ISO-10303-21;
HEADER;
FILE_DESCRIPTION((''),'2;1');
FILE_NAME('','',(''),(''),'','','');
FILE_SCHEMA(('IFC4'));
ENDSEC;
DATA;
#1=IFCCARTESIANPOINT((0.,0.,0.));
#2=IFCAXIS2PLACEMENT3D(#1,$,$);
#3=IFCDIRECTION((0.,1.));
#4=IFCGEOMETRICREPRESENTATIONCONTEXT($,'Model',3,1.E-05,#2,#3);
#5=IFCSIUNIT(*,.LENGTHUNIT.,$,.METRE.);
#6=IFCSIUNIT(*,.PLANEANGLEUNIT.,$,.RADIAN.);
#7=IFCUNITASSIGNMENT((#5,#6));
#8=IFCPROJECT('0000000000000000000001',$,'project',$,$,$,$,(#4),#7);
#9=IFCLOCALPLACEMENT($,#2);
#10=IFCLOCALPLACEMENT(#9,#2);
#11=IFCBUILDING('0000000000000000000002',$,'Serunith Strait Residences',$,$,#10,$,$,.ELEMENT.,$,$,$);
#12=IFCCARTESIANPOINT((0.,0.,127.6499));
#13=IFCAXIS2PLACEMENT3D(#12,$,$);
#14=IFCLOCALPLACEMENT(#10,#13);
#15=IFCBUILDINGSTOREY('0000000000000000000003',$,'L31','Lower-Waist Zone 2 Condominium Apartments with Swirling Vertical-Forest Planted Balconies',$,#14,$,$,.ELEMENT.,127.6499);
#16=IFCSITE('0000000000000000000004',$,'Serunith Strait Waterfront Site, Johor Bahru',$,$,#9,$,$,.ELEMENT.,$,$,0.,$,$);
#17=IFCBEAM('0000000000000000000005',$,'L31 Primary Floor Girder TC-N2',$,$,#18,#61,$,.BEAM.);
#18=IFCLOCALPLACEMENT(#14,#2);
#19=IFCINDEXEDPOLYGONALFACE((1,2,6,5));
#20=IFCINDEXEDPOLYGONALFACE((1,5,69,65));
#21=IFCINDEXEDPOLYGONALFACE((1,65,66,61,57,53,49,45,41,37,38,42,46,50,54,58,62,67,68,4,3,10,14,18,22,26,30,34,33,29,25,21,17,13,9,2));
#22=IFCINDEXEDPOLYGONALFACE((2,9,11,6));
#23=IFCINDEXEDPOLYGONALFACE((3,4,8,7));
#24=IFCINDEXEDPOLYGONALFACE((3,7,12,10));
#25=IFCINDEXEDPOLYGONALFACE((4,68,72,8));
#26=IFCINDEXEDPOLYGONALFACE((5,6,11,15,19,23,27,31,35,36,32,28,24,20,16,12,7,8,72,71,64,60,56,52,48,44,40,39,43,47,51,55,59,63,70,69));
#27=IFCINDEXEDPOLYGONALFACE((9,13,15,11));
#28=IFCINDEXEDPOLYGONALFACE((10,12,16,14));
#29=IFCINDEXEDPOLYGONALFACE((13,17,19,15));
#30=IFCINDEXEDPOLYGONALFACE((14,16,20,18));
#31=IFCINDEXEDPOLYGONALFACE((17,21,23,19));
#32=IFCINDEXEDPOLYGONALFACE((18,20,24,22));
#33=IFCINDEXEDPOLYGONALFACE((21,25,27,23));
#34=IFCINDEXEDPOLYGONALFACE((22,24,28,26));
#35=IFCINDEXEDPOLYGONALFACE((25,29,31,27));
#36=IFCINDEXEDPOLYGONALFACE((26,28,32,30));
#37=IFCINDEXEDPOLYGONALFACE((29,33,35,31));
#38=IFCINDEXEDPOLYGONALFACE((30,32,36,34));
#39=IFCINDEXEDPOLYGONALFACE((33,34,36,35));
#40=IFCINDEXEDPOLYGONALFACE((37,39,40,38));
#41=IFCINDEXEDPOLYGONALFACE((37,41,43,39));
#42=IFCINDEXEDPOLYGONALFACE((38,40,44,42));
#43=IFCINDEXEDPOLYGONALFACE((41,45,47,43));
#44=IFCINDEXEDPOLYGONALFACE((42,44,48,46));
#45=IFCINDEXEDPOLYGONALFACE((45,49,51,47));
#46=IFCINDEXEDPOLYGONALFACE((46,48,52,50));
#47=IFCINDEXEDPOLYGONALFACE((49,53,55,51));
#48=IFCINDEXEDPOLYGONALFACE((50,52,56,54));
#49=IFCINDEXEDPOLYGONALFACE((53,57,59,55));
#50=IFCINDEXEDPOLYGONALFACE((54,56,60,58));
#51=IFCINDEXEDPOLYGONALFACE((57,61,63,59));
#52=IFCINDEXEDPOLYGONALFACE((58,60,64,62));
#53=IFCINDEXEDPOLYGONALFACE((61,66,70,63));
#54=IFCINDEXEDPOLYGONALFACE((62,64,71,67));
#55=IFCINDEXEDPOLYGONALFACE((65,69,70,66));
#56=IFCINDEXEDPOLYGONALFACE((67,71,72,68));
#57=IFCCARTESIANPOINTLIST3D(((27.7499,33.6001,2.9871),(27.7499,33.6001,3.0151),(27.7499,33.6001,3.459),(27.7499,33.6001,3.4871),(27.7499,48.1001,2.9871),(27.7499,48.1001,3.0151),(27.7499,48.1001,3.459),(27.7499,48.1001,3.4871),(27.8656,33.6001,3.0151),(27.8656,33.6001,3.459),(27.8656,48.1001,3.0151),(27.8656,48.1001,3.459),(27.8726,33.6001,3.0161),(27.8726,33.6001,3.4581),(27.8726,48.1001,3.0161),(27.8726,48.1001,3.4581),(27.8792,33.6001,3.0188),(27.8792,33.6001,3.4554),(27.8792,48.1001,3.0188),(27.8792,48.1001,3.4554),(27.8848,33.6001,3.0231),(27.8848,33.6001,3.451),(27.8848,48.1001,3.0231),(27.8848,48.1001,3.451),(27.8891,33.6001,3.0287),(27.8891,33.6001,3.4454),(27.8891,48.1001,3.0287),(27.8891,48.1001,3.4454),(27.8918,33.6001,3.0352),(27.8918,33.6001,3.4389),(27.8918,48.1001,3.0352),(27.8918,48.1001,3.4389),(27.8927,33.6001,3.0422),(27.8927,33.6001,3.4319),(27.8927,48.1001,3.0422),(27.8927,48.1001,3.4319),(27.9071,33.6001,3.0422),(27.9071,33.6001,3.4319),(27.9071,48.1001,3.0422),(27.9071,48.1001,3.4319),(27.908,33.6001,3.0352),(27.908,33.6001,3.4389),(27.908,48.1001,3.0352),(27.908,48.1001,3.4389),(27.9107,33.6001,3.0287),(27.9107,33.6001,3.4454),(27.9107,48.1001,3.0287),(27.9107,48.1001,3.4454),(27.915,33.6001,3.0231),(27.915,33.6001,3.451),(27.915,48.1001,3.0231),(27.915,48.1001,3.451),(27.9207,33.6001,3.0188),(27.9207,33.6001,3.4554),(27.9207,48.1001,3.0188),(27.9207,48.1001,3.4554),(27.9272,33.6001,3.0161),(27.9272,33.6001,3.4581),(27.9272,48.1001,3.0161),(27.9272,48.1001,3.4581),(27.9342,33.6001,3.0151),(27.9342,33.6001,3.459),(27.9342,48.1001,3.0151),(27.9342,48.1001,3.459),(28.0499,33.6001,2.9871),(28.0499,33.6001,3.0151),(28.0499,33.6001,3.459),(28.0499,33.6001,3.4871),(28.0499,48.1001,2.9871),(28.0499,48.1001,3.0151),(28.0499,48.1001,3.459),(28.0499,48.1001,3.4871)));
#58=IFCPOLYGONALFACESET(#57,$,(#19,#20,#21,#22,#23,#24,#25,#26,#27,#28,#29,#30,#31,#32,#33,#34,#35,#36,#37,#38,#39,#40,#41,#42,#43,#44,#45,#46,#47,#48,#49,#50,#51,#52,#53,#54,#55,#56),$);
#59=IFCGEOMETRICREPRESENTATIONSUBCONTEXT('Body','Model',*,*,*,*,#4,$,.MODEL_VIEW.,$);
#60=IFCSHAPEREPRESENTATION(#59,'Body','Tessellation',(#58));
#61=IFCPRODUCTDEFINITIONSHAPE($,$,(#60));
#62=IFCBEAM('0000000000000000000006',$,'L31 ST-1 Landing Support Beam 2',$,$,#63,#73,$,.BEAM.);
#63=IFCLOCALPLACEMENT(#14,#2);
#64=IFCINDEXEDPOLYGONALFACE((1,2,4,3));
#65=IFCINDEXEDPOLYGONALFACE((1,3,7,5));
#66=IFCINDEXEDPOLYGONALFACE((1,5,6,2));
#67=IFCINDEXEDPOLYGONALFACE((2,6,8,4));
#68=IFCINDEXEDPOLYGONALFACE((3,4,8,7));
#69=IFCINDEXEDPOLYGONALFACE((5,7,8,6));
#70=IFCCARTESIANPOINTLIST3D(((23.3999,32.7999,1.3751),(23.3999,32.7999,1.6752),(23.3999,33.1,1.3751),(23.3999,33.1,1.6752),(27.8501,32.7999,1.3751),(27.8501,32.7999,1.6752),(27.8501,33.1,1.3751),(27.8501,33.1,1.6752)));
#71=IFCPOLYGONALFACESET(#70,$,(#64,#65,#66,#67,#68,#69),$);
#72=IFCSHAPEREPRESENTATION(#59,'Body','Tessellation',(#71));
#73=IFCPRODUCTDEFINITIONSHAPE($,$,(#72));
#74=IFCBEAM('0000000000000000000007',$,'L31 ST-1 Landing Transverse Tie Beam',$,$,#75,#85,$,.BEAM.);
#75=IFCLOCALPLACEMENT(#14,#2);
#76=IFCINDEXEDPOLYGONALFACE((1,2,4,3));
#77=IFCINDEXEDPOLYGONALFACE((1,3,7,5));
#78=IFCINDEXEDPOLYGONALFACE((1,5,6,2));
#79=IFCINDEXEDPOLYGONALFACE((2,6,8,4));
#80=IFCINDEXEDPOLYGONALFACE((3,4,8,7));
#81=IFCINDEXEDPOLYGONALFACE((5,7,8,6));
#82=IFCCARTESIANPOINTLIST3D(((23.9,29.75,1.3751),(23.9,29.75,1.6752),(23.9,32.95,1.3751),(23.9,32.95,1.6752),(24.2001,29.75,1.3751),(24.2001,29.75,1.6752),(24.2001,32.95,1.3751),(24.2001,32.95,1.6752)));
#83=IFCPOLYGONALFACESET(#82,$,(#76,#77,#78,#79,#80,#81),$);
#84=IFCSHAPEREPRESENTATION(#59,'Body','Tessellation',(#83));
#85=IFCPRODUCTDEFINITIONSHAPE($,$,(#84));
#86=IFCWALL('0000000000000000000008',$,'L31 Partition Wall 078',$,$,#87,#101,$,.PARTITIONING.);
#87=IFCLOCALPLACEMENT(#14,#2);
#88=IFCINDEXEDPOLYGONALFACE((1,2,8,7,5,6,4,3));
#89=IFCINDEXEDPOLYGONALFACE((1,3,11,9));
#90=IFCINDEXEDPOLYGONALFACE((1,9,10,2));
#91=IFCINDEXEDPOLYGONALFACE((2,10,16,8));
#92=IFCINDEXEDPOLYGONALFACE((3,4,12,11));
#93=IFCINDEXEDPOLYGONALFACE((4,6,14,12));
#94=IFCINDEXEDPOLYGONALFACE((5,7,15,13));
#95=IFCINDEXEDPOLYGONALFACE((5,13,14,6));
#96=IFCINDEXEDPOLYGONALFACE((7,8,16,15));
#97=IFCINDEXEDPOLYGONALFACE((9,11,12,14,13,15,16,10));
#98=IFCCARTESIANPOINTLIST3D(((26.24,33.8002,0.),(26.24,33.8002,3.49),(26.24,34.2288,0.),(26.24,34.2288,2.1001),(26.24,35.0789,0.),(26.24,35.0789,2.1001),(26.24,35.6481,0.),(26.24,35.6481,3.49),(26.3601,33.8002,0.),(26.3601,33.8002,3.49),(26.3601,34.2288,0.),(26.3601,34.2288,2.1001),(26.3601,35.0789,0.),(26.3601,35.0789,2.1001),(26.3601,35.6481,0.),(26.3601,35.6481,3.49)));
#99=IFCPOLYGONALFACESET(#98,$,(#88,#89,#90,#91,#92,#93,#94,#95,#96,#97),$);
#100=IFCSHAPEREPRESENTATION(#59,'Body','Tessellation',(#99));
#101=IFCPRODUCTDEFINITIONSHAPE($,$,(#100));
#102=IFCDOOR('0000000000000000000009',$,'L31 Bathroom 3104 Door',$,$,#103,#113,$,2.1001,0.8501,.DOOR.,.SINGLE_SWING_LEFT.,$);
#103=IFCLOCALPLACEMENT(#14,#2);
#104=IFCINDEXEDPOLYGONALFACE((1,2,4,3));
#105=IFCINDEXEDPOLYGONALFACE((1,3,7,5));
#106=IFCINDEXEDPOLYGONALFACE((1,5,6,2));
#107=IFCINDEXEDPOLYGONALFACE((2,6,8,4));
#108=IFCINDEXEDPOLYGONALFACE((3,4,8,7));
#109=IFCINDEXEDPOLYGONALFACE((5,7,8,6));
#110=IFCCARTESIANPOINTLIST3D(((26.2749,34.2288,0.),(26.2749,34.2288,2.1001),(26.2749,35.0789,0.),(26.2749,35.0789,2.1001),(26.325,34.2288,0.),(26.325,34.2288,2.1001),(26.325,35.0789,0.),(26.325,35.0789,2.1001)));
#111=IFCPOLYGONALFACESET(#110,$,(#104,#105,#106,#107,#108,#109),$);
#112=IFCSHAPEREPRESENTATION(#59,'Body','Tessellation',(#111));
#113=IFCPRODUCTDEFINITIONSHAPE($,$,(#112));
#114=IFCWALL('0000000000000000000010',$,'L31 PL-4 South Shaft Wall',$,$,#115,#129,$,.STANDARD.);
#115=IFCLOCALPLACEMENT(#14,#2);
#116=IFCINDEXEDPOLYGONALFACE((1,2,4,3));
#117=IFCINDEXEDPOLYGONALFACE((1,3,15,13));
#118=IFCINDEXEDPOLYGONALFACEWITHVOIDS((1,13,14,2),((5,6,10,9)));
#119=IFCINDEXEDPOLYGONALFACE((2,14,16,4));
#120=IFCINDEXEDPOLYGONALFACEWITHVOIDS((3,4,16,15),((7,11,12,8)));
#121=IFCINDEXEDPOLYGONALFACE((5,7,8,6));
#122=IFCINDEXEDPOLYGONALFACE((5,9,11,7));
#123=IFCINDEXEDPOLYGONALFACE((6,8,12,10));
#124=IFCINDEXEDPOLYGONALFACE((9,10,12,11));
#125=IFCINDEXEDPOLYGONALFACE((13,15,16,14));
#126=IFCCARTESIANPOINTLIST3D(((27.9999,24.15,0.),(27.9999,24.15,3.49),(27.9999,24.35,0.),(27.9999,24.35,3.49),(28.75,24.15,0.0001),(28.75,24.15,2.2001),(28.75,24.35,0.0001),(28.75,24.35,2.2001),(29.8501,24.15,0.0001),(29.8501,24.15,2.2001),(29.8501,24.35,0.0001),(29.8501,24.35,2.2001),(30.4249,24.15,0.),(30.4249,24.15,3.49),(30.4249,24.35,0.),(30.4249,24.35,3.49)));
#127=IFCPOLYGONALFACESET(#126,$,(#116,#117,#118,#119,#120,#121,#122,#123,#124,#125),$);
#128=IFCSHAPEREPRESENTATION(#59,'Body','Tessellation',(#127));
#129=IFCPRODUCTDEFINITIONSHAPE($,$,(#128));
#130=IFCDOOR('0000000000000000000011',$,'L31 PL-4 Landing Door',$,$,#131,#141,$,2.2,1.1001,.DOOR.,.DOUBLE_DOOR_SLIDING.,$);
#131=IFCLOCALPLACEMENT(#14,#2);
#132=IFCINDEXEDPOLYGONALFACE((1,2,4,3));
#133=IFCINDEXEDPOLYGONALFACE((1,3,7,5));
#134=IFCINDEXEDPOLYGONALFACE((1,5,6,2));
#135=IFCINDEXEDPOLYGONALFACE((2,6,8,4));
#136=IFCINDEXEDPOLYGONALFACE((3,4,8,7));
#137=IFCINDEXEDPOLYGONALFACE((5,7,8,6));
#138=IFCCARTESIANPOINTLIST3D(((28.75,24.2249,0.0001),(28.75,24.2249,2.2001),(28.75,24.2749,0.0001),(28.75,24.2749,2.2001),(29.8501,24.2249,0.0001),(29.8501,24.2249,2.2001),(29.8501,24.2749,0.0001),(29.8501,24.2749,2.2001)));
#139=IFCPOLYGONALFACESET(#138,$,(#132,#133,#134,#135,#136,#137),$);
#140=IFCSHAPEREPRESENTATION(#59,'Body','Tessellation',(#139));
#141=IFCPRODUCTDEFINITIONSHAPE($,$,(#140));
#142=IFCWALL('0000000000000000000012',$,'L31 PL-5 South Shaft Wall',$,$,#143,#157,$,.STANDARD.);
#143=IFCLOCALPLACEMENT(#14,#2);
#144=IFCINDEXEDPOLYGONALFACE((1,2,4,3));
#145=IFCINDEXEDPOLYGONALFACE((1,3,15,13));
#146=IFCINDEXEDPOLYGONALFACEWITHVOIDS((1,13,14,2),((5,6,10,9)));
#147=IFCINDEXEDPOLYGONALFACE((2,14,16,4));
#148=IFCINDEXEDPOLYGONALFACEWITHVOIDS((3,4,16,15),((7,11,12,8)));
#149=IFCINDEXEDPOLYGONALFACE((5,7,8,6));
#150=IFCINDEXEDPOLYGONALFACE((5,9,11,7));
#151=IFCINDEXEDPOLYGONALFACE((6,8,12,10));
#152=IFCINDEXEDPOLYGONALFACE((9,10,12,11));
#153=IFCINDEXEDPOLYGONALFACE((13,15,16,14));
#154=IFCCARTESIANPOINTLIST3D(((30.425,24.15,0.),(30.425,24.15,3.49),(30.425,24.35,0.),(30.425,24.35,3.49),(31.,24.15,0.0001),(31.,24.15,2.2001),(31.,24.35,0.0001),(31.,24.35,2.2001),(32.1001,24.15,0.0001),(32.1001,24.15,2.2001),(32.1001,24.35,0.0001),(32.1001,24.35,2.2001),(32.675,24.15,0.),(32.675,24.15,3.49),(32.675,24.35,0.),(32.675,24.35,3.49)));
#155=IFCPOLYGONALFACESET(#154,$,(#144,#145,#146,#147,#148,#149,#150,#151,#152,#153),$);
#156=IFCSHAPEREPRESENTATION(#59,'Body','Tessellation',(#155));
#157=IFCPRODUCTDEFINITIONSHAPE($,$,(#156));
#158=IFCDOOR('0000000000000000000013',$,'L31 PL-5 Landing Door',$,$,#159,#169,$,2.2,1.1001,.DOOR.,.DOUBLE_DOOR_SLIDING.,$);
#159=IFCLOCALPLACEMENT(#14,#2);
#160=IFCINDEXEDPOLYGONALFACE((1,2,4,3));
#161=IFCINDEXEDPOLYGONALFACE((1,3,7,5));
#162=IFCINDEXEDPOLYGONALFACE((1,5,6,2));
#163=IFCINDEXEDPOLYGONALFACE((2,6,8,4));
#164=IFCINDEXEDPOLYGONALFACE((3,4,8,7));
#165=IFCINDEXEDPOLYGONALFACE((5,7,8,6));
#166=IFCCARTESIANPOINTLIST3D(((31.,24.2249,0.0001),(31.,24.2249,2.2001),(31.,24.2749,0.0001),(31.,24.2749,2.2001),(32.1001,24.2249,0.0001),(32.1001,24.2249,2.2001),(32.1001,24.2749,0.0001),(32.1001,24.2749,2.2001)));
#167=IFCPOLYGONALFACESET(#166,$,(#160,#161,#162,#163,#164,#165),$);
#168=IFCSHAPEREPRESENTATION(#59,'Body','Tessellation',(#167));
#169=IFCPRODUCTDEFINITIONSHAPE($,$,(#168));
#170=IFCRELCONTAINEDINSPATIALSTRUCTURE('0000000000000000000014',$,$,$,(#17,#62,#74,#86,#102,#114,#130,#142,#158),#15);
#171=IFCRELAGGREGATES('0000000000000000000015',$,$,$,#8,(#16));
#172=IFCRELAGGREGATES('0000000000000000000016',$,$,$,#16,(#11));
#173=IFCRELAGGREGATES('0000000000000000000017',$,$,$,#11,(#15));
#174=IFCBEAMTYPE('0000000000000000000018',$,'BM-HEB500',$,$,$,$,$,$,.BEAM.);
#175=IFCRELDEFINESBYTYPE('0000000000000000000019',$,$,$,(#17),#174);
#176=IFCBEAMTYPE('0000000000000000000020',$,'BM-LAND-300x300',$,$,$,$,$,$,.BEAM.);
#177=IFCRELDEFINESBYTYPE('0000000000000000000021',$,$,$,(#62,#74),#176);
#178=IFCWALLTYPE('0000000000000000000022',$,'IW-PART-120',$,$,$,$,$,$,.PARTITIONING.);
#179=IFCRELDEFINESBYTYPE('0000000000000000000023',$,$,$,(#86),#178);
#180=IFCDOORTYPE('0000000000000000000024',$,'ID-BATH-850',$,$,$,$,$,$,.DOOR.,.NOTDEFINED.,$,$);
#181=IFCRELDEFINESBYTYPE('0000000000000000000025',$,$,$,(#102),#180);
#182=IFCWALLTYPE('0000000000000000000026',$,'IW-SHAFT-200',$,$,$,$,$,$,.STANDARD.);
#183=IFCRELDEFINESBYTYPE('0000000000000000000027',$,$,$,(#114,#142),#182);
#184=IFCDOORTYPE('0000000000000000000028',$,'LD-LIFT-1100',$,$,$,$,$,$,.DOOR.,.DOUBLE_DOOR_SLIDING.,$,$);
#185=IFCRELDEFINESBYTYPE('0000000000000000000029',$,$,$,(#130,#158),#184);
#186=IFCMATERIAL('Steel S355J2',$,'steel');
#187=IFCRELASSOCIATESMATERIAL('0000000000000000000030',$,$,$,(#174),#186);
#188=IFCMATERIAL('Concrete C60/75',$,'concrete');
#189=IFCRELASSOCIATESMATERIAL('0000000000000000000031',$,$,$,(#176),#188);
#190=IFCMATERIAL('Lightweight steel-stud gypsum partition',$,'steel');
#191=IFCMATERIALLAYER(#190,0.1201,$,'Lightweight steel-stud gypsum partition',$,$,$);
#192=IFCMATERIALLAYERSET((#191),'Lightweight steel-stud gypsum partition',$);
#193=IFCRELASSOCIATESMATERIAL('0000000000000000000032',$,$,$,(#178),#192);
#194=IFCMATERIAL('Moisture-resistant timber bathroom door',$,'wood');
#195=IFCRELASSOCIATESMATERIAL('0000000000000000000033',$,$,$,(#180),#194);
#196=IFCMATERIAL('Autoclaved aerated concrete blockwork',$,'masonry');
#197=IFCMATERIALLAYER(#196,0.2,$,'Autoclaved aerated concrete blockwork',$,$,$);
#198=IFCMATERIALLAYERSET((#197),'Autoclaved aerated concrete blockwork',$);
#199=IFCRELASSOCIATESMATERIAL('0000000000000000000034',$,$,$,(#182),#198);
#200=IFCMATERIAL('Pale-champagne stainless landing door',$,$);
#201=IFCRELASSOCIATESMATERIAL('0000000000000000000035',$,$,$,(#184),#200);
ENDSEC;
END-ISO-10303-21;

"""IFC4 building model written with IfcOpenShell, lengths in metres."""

from ifc_helpers import new_model, si_unit, direction, frame, frame_2d, origin, origin_2d, place, context, subcontext, project, spatial, rectangle, i_section, extrude, source, transform, mapped, material, layer, layer_set, material_profile, profile_set, type_object, element, fill, save


model = new_model("IFC4")

# Units and contexts
model_context = context("Model", 3, precision=1e-05, world=origin(), true_north=direction((0.0, 1.0)))
body_context = subcontext(model_context, "Body", "Model", "MODEL_VIEW")
ifc_project = project(units=[si_unit("LENGTHUNIT", "METRE"), si_unit("PLANEANGLEUNIT", "RADIAN")], contexts=[model_context])

# Site, building, storey
site_placement = place(None, origin())
site = spatial("IfcSite", under=ifc_project, at=site_placement, Name="Serunith Strait Waterfront Site, Johor Bahru", CompositionType="ELEMENT", RefElevation=0.0)
building_placement = place(site_placement, origin())
building = spatial("IfcBuilding", under=site, at=building_placement, Name="Serunith Strait Residences", CompositionType="ELEMENT")
storey_placement = place(building_placement, frame((0.0, 0.0, 127.6499)))
storey = spatial("IfcBuildingStorey", under=building, at=storey_placement, Name="L31", Description="Lower-Waist Zone 2 Condominium Apartments with Swirling Vertical-Forest Planted Balconies", CompositionType="ELEMENT", Elevation=127.6499)

# Beams
ifc_material_1 = material(Name="Steel S355J2", Category="steel")
ifc_material_profile_1 = material_profile(ifc_material_1, i_section(OverallWidth=0.3, OverallDepth=0.5, WebThickness=0.0144, FlangeThickness=0.0281, FilletRadius=0.0271, at=origin_2d()), Name="HEB 500")
ifc_profile_set_1 = profile_set([ifc_material_profile_1], Name="Steel S355J2")
beam_type_1 = type_object("IfcBeamType", Name="BM-HEB500", PredefinedType="BEAM", material=ifc_profile_set_1)
shared_shape_1 = source(origin(), body_context, "Body", "SweptSolid", [
    extrude(i_section(OverallWidth=0.3, OverallDepth=0.5, WebThickness=0.0144, FlangeThickness=0.0281, FilletRadius=0.0271, at=origin_2d()), origin(), (0.0, 0.0, 1.0), 14.5),
])
beam_1_placement = place(storey_placement, frame((27.8999, 33.6001, 3.2371), z_axis=(0.0, 1.0, 0.0), x_axis=(-1.0, 0.0, 0.0)))
element("IfcBeam", 1, at=beam_1_placement, inside=storey, type_object=beam_type_1, Name="L31 Primary Floor Girder TC-N2", PredefinedType="BEAM", context=body_context, shape_type="MappedRepresentation", body=[
    mapped(shared_shape_1, transform((0.0, 0.0, 0.0), scale=1.0)),
])
ifc_material_2 = material(Name="Concrete C60/75", Category="concrete")
ifc_material_profile_2 = material_profile(ifc_material_2, rectangle(XDim=0.3, YDim=0.3, at=origin_2d()), Name="RC 300x300")
ifc_profile_set_2 = profile_set([ifc_material_profile_2], Name="Concrete C60/75")
beam_type_2 = type_object("IfcBeamType", Name="BM-LAND-300x300", PredefinedType="BEAM", material=ifc_profile_set_2)
shared_shape_2 = source(origin(), body_context, "Body", "SweptSolid", [
    extrude(rectangle(XDim=0.3, YDim=0.3, at=origin_2d()), origin(), (0.0, 0.0, 1.0), 4.4502),
])
beam_2_placement = place(storey_placement, frame((23.3999, 32.95, 1.5251), z_axis=(1.0, 0.0, 0.0), x_axis=(0.0, 1.0, 0.0)))
element("IfcBeam", 2, at=beam_2_placement, inside=storey, type_object=beam_type_2, Name="L31 ST-1 Landing Support Beam 2", PredefinedType="BEAM", context=body_context, shape_type="MappedRepresentation", body=[
    mapped(shared_shape_2, transform((0.0, 0.0, 0.0), scale=1.0)),
])
shared_shape_3 = source(origin(), body_context, "Body", "SweptSolid", [
    extrude(rectangle(XDim=0.3, YDim=0.3, at=origin_2d()), origin(), (0.0, 0.0, 1.0), 3.2),
])
beam_3_placement = place(storey_placement, frame((24.05, 29.75, 1.5251), z_axis=(0.0, 1.0, 0.0), x_axis=(-1.0, 0.0, 0.0)))
element("IfcBeam", 3, at=beam_3_placement, inside=storey, type_object=beam_type_2, Name="L31 ST-1 Landing Transverse Tie Beam", PredefinedType="BEAM", context=body_context, shape_type="MappedRepresentation", body=[
    mapped(shared_shape_3, transform((0.0, 0.0, 0.0), scale=1.0)),
])

# Walls, openings, doors
ifc_material_3 = material(Name="Lightweight steel-stud gypsum partition", Category="steel")
ifc_layer_1 = layer(ifc_material_3, 0.1201, Name="Lightweight steel-stud gypsum partition")
ifc_layer_set_1 = layer_set([ifc_layer_1], Name="Lightweight steel-stud gypsum partition")
wall_type_1 = type_object("IfcWallType", Name="IW-PART-120", PredefinedType="PARTITIONING", material=ifc_layer_set_1)
wall_1_placement = place(storey_placement, frame((26.3, 35.6479, 0.0), z_axis=(0.0, 0.0, 1.0), x_axis=(0.0, -1.0, 0.0)))
wall_1 = element("IfcWall", 4, at=wall_1_placement, inside=storey, type_object=wall_type_1, Name="L31 Partition Wall 078", PredefinedType="PARTITIONING", context=body_context, shape_type="SweptSolid", body=[
    extrude(rectangle(XDim=1.8479, YDim=0.1201, at=frame_2d((0.9238, 0.0))), origin(), (0.0, 0.0, 1.0), 3.49),
])
opening_1_placement = place(wall_1_placement, frame((0.5691, 0.0, 0.0)))
opening_1 = element("IfcOpeningElement", 5, at=opening_1_placement, cuts=wall_1, PredefinedType="OPENING", context=body_context, shape_type="SweptSolid", body=[
    extrude(rectangle(XDim=0.8501, YDim=2.1001, at=frame_2d((0.425, 1.05))), frame((0.0, 0.0701, 0.0), z_axis=(0.0, -1.0, 0.0), x_axis=(1.0, 0.0, 0.0)), (0.0, 0.0, 1.0), 0.1401),
])
ifc_material_4 = material(Name="Moisture-resistant timber bathroom door", Category="wood")
door_type_1 = type_object("IfcDoorType", Name="ID-BATH-850", OperationType="NOTDEFINED", PredefinedType="DOOR", material=ifc_material_4)
shared_shape_4 = source(origin(), body_context, "Body", "SweptSolid", [
    extrude(rectangle(XDim=0.8501, YDim=2.1001, at=frame_2d((0.425, 1.05))), frame((0.0, 0.0249, 0.0), z_axis=(0.0, -1.0, 0.0), x_axis=(1.0, 0.0, 0.0)), (0.0, 0.0, 1.0), 0.05),
])
door_1_placement = place(opening_1_placement, origin())
door_1 = element("IfcDoor", 6, at=door_1_placement, inside=storey, type_object=door_type_1, Name="L31 Bathroom 3104 Door", OperationType="SINGLE_SWING_LEFT", OverallHeight=2.1001, OverallWidth=0.8501, PredefinedType="DOOR", context=body_context, shape_type="MappedRepresentation", body=[
    mapped(shared_shape_4, transform((0.0, 0.0, 0.0), scale=1.0)),
])
fill(opening_1, door_1)
ifc_material_5 = material(Name="Autoclaved aerated concrete blockwork", Category="masonry")
ifc_layer_2 = layer(ifc_material_5, 0.2, Name="Autoclaved aerated concrete blockwork")
ifc_layer_set_2 = layer_set([ifc_layer_2], Name="Autoclaved aerated concrete blockwork")
wall_type_2 = type_object("IfcWallType", Name="IW-SHAFT-200", PredefinedType="STANDARD", material=ifc_layer_set_2)
wall_2_placement = place(storey_placement, frame((28.0, 24.25, 0.0), z_axis=(0.0, 0.0, 1.0), x_axis=(1.0, 0.0, 0.0)))
wall_2 = element("IfcWall", 7, at=wall_2_placement, inside=storey, type_object=wall_type_2, Name="L31 PL-4 South Shaft Wall", PredefinedType="STANDARD", context=body_context, shape_type="SweptSolid", body=[
    extrude(rectangle(XDim=2.425, YDim=0.2, at=frame_2d((1.2124, 0.0))), origin(), (0.0, 0.0, 1.0), 3.49),
])
opening_2_placement = place(wall_2_placement, frame((0.75, 0.0, 0.0)))
opening_2 = element("IfcOpeningElement", 8, at=opening_2_placement, cuts=wall_2, PredefinedType="OPENING", context=body_context, shape_type="SweptSolid", body=[
    extrude(rectangle(XDim=1.1001, YDim=2.2, at=frame_2d((0.55, 1.1001))), frame((0.0, 0.1099, 0.0), z_axis=(0.0, -1.0, 0.0), x_axis=(1.0, 0.0, 0.0)), (0.0, 0.0, 1.0), 0.22),
])
ifc_material_6 = material(Name="Pale-champagne stainless landing door")
door_type_2 = type_object("IfcDoorType", Name="LD-LIFT-1100", OperationType="DOUBLE_DOOR_SLIDING", PredefinedType="DOOR", material=ifc_material_6)
shared_shape_5 = source(origin(), body_context, "Body", "SweptSolid", [
    extrude(rectangle(XDim=1.1001, YDim=2.2, at=frame_2d((0.55, 1.1001))), frame((0.0, 0.0249, 0.0), z_axis=(0.0, -1.0, 0.0), x_axis=(1.0, 0.0, 0.0)), (0.0, 0.0, 1.0), 0.05),
])
door_2_placement = place(opening_2_placement, origin())
door_2 = element("IfcDoor", 9, at=door_2_placement, inside=storey, type_object=door_type_2, Name="L31 PL-4 Landing Door", OperationType="DOUBLE_DOOR_SLIDING", OverallHeight=2.2, OverallWidth=1.1001, PredefinedType="DOOR", context=body_context, shape_type="MappedRepresentation", body=[
    mapped(shared_shape_5, transform((0.0, 0.0, 0.0), scale=1.0)),
])
fill(opening_2, door_2)
wall_3_placement = place(storey_placement, frame((30.425, 24.25, 0.0), z_axis=(0.0, 0.0, 1.0), x_axis=(1.0, 0.0, 0.0)))
wall_3 = element("IfcWall", 10, at=wall_3_placement, inside=storey, type_object=wall_type_2, Name="L31 PL-5 South Shaft Wall", PredefinedType="STANDARD", context=body_context, shape_type="SweptSolid", body=[
    extrude(rectangle(XDim=2.25, YDim=0.2, at=frame_2d((1.125, 0.0))), origin(), (0.0, 0.0, 1.0), 3.49),
])
opening_3_placement = place(wall_3_placement, frame((0.575, 0.0, 0.0)))
opening_3 = element("IfcOpeningElement", 11, at=opening_3_placement, cuts=wall_3, PredefinedType="OPENING", context=body_context, shape_type="SweptSolid", body=[
    extrude(rectangle(XDim=1.1001, YDim=2.2, at=frame_2d((0.55, 1.1001))), frame((0.0, 0.1099, 0.0), z_axis=(0.0, -1.0, 0.0), x_axis=(1.0, 0.0, 0.0)), (0.0, 0.0, 1.0), 0.22),
])
door_3_placement = place(opening_3_placement, origin())
door_3 = element("IfcDoor", 12, at=door_3_placement, inside=storey, type_object=door_type_2, Name="L31 PL-5 Landing Door", OperationType="DOUBLE_DOOR_SLIDING", OverallHeight=2.2, OverallWidth=1.1001, PredefinedType="DOOR", context=body_context, shape_type="MappedRepresentation", body=[
    mapped(shared_shape_5, transform((0.0, 0.0, 0.0), scale=1.0)),
])
fill(opening_3, door_3)

save(model, "model.ifc")
